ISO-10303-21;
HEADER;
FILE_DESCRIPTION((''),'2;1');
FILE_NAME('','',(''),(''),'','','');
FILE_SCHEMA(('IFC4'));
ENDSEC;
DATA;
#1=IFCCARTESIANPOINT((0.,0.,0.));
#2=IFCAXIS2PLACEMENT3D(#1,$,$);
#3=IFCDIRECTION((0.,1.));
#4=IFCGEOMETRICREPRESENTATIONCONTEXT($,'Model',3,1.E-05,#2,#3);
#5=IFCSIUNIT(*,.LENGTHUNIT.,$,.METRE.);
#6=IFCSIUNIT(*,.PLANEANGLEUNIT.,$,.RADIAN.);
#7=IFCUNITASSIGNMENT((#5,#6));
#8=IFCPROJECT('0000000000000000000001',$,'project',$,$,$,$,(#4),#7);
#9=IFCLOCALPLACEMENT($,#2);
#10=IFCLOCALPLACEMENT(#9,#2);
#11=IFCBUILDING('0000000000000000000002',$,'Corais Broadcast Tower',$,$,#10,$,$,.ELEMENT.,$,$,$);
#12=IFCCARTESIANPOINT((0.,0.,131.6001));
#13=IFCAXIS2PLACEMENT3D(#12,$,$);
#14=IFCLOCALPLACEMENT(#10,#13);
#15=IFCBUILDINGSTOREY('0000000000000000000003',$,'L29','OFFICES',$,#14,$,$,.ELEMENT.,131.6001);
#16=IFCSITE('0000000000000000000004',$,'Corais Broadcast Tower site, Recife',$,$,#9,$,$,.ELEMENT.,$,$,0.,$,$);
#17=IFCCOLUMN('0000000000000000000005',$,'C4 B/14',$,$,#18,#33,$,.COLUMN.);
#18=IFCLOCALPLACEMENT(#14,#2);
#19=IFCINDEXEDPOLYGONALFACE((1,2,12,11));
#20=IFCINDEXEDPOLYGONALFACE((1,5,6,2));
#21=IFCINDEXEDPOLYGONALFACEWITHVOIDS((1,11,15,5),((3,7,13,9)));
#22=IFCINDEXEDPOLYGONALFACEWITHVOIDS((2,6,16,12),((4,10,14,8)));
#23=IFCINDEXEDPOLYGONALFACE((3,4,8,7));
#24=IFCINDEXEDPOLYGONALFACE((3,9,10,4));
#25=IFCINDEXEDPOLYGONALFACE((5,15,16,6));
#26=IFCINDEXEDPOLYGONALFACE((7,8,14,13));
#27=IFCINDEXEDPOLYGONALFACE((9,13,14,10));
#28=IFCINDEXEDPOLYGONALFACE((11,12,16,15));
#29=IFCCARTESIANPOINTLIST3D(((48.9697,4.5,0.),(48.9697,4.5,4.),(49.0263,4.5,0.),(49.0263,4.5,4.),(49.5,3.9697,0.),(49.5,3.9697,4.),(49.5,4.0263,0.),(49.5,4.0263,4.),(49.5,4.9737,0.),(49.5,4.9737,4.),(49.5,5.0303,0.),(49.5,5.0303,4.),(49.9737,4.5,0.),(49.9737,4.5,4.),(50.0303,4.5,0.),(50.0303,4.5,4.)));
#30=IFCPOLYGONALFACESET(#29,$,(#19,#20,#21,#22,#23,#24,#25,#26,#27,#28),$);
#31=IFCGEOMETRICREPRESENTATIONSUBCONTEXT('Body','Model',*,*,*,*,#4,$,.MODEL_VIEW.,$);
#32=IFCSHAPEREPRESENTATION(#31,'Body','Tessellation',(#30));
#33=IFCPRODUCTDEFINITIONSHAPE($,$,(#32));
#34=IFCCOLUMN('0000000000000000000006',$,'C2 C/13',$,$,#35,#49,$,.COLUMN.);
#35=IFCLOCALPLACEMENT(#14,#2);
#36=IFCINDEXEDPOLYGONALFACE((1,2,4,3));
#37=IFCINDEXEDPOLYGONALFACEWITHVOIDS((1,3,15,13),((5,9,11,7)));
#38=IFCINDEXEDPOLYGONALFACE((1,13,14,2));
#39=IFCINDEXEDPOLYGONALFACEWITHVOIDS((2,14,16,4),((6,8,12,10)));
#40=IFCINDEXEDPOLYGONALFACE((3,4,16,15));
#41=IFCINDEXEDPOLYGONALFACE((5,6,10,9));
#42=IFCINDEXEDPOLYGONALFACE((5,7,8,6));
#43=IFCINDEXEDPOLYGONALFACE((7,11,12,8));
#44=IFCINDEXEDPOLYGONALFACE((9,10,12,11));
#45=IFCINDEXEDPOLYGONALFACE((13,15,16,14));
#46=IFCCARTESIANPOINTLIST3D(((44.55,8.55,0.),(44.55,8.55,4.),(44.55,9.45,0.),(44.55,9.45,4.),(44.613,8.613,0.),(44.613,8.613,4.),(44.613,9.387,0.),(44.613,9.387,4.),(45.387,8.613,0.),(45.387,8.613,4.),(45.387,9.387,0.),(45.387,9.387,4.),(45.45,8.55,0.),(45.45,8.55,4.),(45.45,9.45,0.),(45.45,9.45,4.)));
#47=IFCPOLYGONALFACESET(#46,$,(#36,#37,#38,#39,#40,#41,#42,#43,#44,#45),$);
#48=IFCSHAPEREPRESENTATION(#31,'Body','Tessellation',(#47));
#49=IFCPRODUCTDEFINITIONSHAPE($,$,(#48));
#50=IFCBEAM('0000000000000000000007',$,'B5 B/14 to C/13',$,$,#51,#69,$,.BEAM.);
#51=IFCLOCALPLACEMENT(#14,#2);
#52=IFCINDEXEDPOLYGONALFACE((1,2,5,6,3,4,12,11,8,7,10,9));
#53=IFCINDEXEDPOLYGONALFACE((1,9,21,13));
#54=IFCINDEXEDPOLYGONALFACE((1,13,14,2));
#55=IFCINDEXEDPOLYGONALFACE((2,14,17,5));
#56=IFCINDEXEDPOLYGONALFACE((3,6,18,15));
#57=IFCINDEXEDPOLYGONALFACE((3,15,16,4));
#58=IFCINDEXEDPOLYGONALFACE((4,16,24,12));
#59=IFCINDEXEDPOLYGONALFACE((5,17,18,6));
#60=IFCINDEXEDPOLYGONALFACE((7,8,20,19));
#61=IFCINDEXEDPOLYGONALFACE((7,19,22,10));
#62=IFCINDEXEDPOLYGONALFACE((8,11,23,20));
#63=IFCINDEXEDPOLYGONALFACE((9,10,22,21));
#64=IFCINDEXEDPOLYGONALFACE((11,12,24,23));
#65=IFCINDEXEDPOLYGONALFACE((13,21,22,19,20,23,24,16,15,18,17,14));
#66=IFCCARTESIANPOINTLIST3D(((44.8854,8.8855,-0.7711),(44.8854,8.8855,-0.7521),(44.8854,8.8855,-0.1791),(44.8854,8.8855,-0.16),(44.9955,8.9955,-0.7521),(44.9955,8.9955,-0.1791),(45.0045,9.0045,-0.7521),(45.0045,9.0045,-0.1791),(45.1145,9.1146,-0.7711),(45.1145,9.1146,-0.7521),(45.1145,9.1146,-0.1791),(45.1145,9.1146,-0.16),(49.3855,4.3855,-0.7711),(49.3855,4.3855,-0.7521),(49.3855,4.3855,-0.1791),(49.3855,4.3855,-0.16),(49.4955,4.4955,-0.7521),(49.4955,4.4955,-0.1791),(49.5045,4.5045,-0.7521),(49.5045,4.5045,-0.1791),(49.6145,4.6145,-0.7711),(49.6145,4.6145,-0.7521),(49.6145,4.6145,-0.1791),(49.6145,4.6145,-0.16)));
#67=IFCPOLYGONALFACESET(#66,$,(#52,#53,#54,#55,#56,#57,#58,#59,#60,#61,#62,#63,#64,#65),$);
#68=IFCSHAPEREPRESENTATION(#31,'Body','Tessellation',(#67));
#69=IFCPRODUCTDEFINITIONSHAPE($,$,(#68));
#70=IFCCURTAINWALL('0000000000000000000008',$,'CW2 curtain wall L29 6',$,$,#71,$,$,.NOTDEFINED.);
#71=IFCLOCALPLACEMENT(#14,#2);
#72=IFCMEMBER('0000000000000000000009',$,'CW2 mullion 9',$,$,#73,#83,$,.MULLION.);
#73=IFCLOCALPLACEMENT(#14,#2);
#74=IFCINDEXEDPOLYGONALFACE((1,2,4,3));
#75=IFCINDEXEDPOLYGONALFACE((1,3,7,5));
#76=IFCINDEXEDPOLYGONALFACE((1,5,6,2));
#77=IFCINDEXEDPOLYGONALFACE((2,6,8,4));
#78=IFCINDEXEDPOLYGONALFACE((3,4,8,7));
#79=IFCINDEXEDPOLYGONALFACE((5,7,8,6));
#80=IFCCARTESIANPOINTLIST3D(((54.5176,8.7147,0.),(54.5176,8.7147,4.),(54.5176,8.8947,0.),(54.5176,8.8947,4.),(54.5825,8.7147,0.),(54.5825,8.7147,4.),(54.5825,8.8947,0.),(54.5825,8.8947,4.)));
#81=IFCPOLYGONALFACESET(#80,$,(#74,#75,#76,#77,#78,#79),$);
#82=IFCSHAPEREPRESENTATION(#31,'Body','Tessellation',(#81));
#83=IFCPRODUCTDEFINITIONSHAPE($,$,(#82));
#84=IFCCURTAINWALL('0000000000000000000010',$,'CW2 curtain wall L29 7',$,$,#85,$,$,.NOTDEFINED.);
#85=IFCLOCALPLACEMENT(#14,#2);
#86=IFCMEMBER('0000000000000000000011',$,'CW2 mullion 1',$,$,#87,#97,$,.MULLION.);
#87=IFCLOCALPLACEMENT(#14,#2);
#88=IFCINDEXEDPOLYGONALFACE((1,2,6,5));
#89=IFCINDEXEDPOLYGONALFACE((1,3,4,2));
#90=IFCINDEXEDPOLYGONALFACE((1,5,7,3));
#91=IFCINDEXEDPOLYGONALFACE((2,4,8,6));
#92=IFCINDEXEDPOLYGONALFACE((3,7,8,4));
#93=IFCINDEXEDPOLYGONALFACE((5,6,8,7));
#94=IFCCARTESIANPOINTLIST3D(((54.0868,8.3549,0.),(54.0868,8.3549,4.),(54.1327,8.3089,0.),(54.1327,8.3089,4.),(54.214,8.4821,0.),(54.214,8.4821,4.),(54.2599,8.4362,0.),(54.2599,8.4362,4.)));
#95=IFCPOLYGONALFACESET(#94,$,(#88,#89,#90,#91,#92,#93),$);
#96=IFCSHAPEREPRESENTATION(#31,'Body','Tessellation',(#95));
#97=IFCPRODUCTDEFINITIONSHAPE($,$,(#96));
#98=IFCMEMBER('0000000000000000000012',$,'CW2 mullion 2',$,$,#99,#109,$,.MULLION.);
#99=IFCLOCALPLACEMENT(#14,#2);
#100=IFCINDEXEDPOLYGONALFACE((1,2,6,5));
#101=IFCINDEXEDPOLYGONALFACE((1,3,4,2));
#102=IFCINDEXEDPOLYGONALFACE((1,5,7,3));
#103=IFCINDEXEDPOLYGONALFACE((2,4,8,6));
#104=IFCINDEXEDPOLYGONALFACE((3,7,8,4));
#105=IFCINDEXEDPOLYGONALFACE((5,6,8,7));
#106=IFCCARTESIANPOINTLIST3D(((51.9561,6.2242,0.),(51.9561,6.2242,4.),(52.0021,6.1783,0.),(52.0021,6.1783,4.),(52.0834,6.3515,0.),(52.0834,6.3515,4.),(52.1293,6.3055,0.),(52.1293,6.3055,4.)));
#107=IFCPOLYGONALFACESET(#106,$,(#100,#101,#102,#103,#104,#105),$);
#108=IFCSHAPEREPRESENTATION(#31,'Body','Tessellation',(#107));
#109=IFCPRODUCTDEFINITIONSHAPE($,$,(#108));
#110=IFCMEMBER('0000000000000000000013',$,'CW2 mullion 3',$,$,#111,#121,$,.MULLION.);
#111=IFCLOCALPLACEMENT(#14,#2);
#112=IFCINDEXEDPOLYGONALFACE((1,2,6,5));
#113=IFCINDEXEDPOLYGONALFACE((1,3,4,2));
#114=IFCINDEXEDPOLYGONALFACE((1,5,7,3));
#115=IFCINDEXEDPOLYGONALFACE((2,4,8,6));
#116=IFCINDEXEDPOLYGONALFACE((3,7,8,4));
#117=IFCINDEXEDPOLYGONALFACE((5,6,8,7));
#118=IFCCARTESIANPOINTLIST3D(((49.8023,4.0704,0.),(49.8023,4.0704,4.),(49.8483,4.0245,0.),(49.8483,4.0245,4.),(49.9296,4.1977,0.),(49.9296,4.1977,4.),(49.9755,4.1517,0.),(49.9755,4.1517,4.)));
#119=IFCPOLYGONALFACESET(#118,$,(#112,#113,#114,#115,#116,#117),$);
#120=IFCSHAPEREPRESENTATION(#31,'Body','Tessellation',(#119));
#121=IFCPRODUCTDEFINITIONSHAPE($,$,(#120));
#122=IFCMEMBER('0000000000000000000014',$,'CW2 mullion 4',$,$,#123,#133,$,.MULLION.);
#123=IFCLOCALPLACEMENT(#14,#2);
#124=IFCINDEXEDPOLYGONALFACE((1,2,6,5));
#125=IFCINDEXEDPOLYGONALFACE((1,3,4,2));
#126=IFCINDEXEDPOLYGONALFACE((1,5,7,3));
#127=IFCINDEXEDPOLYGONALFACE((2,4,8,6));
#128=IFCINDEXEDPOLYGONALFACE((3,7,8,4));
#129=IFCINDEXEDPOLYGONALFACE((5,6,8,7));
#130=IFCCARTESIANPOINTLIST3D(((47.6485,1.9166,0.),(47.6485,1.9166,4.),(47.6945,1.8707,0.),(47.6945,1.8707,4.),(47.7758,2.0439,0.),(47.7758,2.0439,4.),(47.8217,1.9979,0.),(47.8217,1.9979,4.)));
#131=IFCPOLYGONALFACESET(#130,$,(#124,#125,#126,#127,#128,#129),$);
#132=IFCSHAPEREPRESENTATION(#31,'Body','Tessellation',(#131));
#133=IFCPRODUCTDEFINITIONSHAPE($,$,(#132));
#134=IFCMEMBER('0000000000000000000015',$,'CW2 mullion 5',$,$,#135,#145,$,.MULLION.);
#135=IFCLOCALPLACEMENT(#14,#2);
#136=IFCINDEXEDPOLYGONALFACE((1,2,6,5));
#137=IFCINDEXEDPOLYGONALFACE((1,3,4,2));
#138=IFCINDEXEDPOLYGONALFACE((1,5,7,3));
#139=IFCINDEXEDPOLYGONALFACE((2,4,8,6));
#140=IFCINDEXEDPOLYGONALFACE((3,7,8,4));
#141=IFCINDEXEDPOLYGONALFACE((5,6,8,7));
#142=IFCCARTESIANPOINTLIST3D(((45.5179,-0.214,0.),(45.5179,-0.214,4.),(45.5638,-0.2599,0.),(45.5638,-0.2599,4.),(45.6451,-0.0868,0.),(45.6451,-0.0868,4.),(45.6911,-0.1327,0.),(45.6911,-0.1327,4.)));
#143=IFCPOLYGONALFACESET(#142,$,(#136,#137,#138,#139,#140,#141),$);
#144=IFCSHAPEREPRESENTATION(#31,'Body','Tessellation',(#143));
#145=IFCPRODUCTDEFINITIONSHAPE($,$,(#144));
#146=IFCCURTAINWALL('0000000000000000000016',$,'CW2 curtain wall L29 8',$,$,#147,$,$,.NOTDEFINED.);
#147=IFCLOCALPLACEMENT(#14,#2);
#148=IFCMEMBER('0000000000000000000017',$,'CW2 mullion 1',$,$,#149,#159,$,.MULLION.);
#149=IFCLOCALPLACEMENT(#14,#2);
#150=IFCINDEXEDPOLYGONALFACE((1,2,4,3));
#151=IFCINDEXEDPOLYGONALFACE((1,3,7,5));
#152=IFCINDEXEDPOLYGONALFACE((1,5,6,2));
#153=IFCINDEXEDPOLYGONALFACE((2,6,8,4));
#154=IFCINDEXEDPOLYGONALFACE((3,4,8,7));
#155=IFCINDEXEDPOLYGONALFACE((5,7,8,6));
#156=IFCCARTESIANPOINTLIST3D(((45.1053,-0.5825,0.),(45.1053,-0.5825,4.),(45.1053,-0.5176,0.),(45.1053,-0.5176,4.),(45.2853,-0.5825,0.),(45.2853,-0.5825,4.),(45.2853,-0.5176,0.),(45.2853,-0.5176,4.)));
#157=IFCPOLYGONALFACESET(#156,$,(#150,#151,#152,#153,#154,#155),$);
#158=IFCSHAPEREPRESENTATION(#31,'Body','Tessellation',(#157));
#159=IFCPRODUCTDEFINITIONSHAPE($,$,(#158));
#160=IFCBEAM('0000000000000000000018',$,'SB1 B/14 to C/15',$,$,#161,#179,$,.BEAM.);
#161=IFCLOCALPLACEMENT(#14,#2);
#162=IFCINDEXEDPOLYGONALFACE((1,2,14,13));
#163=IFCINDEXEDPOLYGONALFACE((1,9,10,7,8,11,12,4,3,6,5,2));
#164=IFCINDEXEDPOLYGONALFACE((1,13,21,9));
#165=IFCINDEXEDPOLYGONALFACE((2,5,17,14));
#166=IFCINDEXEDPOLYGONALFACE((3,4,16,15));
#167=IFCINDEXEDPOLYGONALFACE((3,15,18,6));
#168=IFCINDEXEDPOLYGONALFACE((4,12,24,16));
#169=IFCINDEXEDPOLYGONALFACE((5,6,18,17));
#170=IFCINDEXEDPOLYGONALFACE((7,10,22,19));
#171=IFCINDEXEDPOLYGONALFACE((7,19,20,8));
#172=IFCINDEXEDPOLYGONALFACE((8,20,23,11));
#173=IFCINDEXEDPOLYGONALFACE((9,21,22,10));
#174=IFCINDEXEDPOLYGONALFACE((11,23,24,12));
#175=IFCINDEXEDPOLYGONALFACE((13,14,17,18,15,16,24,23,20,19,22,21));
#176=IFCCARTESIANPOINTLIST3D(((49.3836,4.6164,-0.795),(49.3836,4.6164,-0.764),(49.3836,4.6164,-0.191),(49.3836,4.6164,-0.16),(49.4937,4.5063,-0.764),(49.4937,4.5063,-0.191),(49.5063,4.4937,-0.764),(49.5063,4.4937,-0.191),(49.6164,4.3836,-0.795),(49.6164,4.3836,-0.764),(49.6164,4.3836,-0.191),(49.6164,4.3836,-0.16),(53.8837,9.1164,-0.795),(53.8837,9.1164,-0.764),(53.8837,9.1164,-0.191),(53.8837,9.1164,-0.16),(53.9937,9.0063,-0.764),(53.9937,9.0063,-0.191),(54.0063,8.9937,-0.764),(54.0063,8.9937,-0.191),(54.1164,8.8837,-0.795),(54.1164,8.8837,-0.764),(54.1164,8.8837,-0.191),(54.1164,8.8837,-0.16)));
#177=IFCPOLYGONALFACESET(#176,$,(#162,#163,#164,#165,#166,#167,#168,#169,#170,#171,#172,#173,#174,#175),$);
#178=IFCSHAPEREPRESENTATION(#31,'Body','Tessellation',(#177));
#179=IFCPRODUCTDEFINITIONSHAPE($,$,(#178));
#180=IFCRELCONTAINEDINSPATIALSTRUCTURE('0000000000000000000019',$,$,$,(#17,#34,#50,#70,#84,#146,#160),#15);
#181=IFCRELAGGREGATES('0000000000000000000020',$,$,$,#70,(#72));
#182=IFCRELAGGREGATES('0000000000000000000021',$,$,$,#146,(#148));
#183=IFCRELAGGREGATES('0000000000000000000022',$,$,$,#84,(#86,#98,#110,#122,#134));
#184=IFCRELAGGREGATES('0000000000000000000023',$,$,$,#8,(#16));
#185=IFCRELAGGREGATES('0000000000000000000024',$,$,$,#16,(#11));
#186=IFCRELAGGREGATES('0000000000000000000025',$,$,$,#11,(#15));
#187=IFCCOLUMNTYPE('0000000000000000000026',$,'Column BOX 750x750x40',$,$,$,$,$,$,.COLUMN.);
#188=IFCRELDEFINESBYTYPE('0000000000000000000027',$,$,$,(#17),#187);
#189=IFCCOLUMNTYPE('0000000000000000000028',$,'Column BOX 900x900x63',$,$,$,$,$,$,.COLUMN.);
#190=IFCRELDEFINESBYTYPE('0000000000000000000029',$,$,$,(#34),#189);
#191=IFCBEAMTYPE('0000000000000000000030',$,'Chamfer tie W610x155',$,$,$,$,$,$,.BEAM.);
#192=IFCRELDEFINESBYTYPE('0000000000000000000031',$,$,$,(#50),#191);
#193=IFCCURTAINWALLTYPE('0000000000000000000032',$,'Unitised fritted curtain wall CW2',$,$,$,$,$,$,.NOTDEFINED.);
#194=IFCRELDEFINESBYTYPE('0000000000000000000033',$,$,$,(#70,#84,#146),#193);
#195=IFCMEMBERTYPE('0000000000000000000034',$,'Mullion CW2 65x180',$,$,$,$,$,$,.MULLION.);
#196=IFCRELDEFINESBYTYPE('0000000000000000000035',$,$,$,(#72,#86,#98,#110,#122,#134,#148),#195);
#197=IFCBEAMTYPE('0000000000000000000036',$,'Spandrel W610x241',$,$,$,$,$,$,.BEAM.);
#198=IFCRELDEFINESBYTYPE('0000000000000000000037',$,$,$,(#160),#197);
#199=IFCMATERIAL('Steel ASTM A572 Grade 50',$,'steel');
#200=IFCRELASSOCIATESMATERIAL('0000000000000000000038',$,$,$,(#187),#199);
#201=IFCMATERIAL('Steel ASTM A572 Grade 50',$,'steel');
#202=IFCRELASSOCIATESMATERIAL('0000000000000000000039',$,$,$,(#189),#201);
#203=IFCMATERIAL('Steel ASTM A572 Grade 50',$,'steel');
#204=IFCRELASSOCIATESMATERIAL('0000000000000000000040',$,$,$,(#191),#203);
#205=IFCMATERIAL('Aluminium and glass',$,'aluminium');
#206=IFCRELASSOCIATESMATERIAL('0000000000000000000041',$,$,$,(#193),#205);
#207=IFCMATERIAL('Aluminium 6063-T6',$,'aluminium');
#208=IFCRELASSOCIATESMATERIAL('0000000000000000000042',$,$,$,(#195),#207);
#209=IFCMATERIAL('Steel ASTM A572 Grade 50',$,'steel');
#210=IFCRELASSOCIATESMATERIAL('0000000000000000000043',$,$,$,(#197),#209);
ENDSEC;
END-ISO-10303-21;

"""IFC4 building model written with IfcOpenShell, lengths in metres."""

from ifc_helpers import new_model, si_unit, direction, frame, origin, origin_2d, place, context, subcontext, project, spatial, rectangle, hollow_rectangle, i_section, extrude, material, material_profile, profile_set, type_object, element, aggregate, save


model = new_model("IFC4")

# Units and contexts
model_context = context("Model", 3, precision=1e-05, world=origin(), true_north=direction((0.0, 1.0)))
body_context = subcontext(model_context, "Body", "Model", "MODEL_VIEW")
ifc_project = project(units=[si_unit("LENGTHUNIT", "METRE"), si_unit("PLANEANGLEUNIT", "RADIAN")], contexts=[model_context])

# Site, building, storey
site_placement = place(None, origin())
site = spatial("IfcSite", under=ifc_project, at=site_placement, Name="Corais Broadcast Tower site, Recife", CompositionType="ELEMENT", RefElevation=0.0)
building_placement = place(site_placement, origin())
building = spatial("IfcBuilding", under=site, at=building_placement, Name="Corais Broadcast Tower", CompositionType="ELEMENT")
storey_placement = place(building_placement, frame((0.0, 0.0, 131.6001)))
storey = spatial("IfcBuildingStorey", under=building, at=storey_placement, Name="L29", Description="OFFICES", CompositionType="ELEMENT", Elevation=131.6001)

# Columns
ifc_material_1 = material(Name="Steel ASTM A572 Grade 50", Category="steel")
ifc_material_profile_1 = material_profile(ifc_material_1, hollow_rectangle(XDim=0.75, YDim=0.75, WallThickness=0.04, at=origin_2d()), Name="BOX 750x750x40")
ifc_profile_set_1 = profile_set([ifc_material_profile_1], Name="Steel ASTM A572 Grade 50")
column_type_1 = type_object("IfcColumnType", Name="Column BOX 750x750x40", PredefinedType="COLUMN", material=ifc_profile_set_1)
column_1_placement = place(storey_placement, frame((49.5, 4.5, 0.0), z_axis=(0.0, 0.0, 1.0), x_axis=(0.707107, 0.707107, 0.0)))
element("IfcColumn", 1, at=column_1_placement, inside=storey, type_object=column_type_1, Name="C4 B/14", PredefinedType="COLUMN", context=body_context, shape_type="SweptSolid", body=[
    extrude(hollow_rectangle(XDim=0.75, YDim=0.75, WallThickness=0.04, at=origin_2d()), origin(), (0.0, 0.0, 1.0), 4.0),
])
ifc_material_2 = material(Name="Steel ASTM A572 Grade 50", Category="steel")
ifc_material_profile_2 = material_profile(ifc_material_2, hollow_rectangle(XDim=0.8999, YDim=0.8999, WallThickness=0.063, at=origin_2d()), Name="BOX 900x900x63")
ifc_profile_set_2 = profile_set([ifc_material_profile_2], Name="Steel ASTM A572 Grade 50")
column_type_2 = type_object("IfcColumnType", Name="Column BOX 900x900x63", PredefinedType="COLUMN", material=ifc_profile_set_2)
column_2_placement = place(storey_placement, frame((45.0, 9.0, 0.0), z_axis=(0.0, 0.0, 1.0), x_axis=(1.0, 0.0, 0.0)))
element("IfcColumn", 2, at=column_2_placement, inside=storey, type_object=column_type_2, Name="C2 C/13", PredefinedType="COLUMN", context=body_context, shape_type="SweptSolid", body=[
    extrude(hollow_rectangle(XDim=0.8999, YDim=0.8999, WallThickness=0.063, at=origin_2d()), origin(), (0.0, 0.0, 1.0), 4.0),
])

# Beam
ifc_material_3 = material(Name="Steel ASTM A572 Grade 50", Category="steel")
ifc_material_profile_3 = material_profile(ifc_material_3, i_section(OverallWidth=0.324, OverallDepth=0.6111, WebThickness=0.0127, FlangeThickness=0.019, at=origin_2d()), Name="W610x155")
ifc_profile_set_3 = profile_set([ifc_material_profile_3], Name="Steel ASTM A572 Grade 50")
beam_type_1 = type_object("IfcBeamType", Name="Chamfer tie W610x155", PredefinedType="BEAM", material=ifc_profile_set_3)
beam_1_placement = place(storey_placement, frame((49.5, 4.5, -0.4656), z_axis=(-0.707107, 0.707107, 0.0), x_axis=(-0.707107, -0.707107, 0.0)))
element("IfcBeam", 3, at=beam_1_placement, inside=storey, type_object=beam_type_1, Name="B5 B/14 to C/13", PredefinedType="BEAM", context=body_context, shape_type="SweptSolid", body=[
    extrude(i_section(OverallWidth=0.324, OverallDepth=0.6111, WebThickness=0.0127, FlangeThickness=0.019, at=origin_2d()), origin(), (0.0, 0.0, 1.0), 6.364),
])

# Curtain wall, member
ifc_material_4 = material(Name="Aluminium and glass", Category="aluminium")
curtain_wall_type = type_object("IfcCurtainWallType", Name="Unitised fritted curtain wall CW2", PredefinedType="NOTDEFINED", material=ifc_material_4)
curtain_wall_1_placement = place(storey_placement, origin())
curtain_wall_1 = element("IfcCurtainWall", 4, at=curtain_wall_1_placement, inside=storey, type_object=curtain_wall_type, Name="CW2 curtain wall L29 6", PredefinedType="NOTDEFINED")
ifc_material_5 = material(Name="Aluminium 6063-T6", Category="aluminium")
ifc_material_profile_4 = material_profile(ifc_material_5, rectangle(XDim=0.0649, YDim=0.1799, at=origin_2d()), Name="Mullion CW2 65x180")
ifc_profile_set_4 = profile_set([ifc_material_profile_4], Name="Aluminium 6063-T6")
member_type_1 = type_object("IfcMemberType", Name="Mullion CW2 65x180", PredefinedType="MULLION", material=ifc_profile_set_4)
member_1_placement = place(storey_placement, frame((54.55, 8.8047, 0.0), z_axis=(0.0, 0.0, 1.0), x_axis=(1.0, 0.0, 0.0)))
member_1 = element("IfcMember", 5, at=member_1_placement, type_object=member_type_1, Name="CW2 mullion 9", PredefinedType="MULLION", context=body_context, shape_type="SweptSolid", body=[
    extrude(rectangle(XDim=0.0649, YDim=0.1799, at=origin_2d()), origin(), (0.0, 0.0, 1.0), 4.0),
])
aggregate(curtain_wall_1, [member_1])

# Curtain wall, members
curtain_wall_2_placement = place(storey_placement, origin())
curtain_wall_2 = element("IfcCurtainWall", 6, at=curtain_wall_2_placement, inside=storey, type_object=curtain_wall_type, Name="CW2 curtain wall L29 7", PredefinedType="NOTDEFINED")
member_2_placement = place(storey_placement, frame((54.1733, 8.3955, 0.0), z_axis=(0.0, 0.0, 1.0), x_axis=(0.707107, -0.707107, 0.0)))
member_2 = element("IfcMember", 7, at=member_2_placement, type_object=member_type_1, Name="CW2 mullion 1", PredefinedType="MULLION", context=body_context, shape_type="SweptSolid", body=[
    extrude(rectangle(XDim=0.0649, YDim=0.1799, at=origin_2d()), origin(), (0.0, 0.0, 1.0), 4.0),
])
member_3_placement = place(storey_placement, frame((52.0427, 6.2649, 0.0), z_axis=(0.0, 0.0, 1.0), x_axis=(0.707107, -0.707107, 0.0)))
member_3 = element("IfcMember", 8, at=member_3_placement, type_object=member_type_1, Name="CW2 mullion 2", PredefinedType="MULLION", context=body_context, shape_type="SweptSolid", body=[
    extrude(rectangle(XDim=0.0649, YDim=0.1799, at=origin_2d()), origin(), (0.0, 0.0, 1.0), 4.0),
])
member_4_placement = place(storey_placement, frame((49.8889, 4.1111, 0.0), z_axis=(0.0, 0.0, 1.0), x_axis=(0.707107, -0.707107, 0.0)))
member_4 = element("IfcMember", 9, at=member_4_placement, type_object=member_type_1, Name="CW2 mullion 3", PredefinedType="MULLION", context=body_context, shape_type="SweptSolid", body=[
    extrude(rectangle(XDim=0.0649, YDim=0.1799, at=origin_2d()), origin(), (0.0, 0.0, 1.0), 4.0),
])
member_5_placement = place(storey_placement, frame((47.7351, 1.9573, 0.0), z_axis=(0.0, 0.0, 1.0), x_axis=(0.707107, -0.707107, 0.0)))
member_5 = element("IfcMember", 10, at=member_5_placement, type_object=member_type_1, Name="CW2 mullion 4", PredefinedType="MULLION", context=body_context, shape_type="SweptSolid", body=[
    extrude(rectangle(XDim=0.0649, YDim=0.1799, at=origin_2d()), origin(), (0.0, 0.0, 1.0), 4.0),
])
member_6_placement = place(storey_placement, frame((45.6045, -0.1733, 0.0), z_axis=(0.0, 0.0, 1.0), x_axis=(0.707107, -0.707107, 0.0)))
member_6 = element("IfcMember", 11, at=member_6_placement, type_object=member_type_1, Name="CW2 mullion 5", PredefinedType="MULLION", context=body_context, shape_type="SweptSolid", body=[
    extrude(rectangle(XDim=0.0649, YDim=0.1799, at=origin_2d()), origin(), (0.0, 0.0, 1.0), 4.0),
])

# Curtain wall, member
curtain_wall_3_placement = place(storey_placement, origin())
curtain_wall_3 = element("IfcCurtainWall", 12, at=curtain_wall_3_placement, inside=storey, type_object=curtain_wall_type, Name="CW2 curtain wall L29 8", PredefinedType="NOTDEFINED")
member_7_placement = place(storey_placement, frame((45.1953, -0.55, 0.0), z_axis=(0.0, 0.0, 1.0), x_axis=(0.0, -1.0, 0.0)))
member_7 = element("IfcMember", 13, at=member_7_placement, type_object=member_type_1, Name="CW2 mullion 1", PredefinedType="MULLION", context=body_context, shape_type="SweptSolid", body=[
    extrude(rectangle(XDim=0.0649, YDim=0.1799, at=origin_2d()), origin(), (0.0, 0.0, 1.0), 4.0),
])

# Beam
ifc_material_6 = material(Name="Steel ASTM A572 Grade 50", Category="steel")
ifc_material_profile_5 = material_profile(ifc_material_6, i_section(OverallWidth=0.3291, OverallDepth=0.635, WebThickness=0.0178, FlangeThickness=0.031, at=origin_2d()), Name="W610x241")
ifc_profile_set_5 = profile_set([ifc_material_profile_5], Name="Steel ASTM A572 Grade 50")
beam_type_2 = type_object("IfcBeamType", Name="Spandrel W610x241", PredefinedType="BEAM", material=ifc_profile_set_5)
beam_2_placement = place(storey_placement, frame((49.5, 4.5, -0.4775), z_axis=(0.707107, 0.707107, 0.0), x_axis=(-0.707107, 0.707107, 0.0)))
element("IfcBeam", 14, at=beam_2_placement, inside=storey, type_object=beam_type_2, Name="SB1 B/14 to C/15", PredefinedType="BEAM", context=body_context, shape_type="SweptSolid", body=[
    extrude(i_section(OverallWidth=0.3291, OverallDepth=0.635, WebThickness=0.0178, FlangeThickness=0.031, at=origin_2d()), origin(), (0.0, 0.0, 1.0), 6.364),
])

aggregate(curtain_wall_3, [member_7])

aggregate(curtain_wall_2, [member_2, member_3, member_4, member_5, member_6])

save(model, "model.ifc")
